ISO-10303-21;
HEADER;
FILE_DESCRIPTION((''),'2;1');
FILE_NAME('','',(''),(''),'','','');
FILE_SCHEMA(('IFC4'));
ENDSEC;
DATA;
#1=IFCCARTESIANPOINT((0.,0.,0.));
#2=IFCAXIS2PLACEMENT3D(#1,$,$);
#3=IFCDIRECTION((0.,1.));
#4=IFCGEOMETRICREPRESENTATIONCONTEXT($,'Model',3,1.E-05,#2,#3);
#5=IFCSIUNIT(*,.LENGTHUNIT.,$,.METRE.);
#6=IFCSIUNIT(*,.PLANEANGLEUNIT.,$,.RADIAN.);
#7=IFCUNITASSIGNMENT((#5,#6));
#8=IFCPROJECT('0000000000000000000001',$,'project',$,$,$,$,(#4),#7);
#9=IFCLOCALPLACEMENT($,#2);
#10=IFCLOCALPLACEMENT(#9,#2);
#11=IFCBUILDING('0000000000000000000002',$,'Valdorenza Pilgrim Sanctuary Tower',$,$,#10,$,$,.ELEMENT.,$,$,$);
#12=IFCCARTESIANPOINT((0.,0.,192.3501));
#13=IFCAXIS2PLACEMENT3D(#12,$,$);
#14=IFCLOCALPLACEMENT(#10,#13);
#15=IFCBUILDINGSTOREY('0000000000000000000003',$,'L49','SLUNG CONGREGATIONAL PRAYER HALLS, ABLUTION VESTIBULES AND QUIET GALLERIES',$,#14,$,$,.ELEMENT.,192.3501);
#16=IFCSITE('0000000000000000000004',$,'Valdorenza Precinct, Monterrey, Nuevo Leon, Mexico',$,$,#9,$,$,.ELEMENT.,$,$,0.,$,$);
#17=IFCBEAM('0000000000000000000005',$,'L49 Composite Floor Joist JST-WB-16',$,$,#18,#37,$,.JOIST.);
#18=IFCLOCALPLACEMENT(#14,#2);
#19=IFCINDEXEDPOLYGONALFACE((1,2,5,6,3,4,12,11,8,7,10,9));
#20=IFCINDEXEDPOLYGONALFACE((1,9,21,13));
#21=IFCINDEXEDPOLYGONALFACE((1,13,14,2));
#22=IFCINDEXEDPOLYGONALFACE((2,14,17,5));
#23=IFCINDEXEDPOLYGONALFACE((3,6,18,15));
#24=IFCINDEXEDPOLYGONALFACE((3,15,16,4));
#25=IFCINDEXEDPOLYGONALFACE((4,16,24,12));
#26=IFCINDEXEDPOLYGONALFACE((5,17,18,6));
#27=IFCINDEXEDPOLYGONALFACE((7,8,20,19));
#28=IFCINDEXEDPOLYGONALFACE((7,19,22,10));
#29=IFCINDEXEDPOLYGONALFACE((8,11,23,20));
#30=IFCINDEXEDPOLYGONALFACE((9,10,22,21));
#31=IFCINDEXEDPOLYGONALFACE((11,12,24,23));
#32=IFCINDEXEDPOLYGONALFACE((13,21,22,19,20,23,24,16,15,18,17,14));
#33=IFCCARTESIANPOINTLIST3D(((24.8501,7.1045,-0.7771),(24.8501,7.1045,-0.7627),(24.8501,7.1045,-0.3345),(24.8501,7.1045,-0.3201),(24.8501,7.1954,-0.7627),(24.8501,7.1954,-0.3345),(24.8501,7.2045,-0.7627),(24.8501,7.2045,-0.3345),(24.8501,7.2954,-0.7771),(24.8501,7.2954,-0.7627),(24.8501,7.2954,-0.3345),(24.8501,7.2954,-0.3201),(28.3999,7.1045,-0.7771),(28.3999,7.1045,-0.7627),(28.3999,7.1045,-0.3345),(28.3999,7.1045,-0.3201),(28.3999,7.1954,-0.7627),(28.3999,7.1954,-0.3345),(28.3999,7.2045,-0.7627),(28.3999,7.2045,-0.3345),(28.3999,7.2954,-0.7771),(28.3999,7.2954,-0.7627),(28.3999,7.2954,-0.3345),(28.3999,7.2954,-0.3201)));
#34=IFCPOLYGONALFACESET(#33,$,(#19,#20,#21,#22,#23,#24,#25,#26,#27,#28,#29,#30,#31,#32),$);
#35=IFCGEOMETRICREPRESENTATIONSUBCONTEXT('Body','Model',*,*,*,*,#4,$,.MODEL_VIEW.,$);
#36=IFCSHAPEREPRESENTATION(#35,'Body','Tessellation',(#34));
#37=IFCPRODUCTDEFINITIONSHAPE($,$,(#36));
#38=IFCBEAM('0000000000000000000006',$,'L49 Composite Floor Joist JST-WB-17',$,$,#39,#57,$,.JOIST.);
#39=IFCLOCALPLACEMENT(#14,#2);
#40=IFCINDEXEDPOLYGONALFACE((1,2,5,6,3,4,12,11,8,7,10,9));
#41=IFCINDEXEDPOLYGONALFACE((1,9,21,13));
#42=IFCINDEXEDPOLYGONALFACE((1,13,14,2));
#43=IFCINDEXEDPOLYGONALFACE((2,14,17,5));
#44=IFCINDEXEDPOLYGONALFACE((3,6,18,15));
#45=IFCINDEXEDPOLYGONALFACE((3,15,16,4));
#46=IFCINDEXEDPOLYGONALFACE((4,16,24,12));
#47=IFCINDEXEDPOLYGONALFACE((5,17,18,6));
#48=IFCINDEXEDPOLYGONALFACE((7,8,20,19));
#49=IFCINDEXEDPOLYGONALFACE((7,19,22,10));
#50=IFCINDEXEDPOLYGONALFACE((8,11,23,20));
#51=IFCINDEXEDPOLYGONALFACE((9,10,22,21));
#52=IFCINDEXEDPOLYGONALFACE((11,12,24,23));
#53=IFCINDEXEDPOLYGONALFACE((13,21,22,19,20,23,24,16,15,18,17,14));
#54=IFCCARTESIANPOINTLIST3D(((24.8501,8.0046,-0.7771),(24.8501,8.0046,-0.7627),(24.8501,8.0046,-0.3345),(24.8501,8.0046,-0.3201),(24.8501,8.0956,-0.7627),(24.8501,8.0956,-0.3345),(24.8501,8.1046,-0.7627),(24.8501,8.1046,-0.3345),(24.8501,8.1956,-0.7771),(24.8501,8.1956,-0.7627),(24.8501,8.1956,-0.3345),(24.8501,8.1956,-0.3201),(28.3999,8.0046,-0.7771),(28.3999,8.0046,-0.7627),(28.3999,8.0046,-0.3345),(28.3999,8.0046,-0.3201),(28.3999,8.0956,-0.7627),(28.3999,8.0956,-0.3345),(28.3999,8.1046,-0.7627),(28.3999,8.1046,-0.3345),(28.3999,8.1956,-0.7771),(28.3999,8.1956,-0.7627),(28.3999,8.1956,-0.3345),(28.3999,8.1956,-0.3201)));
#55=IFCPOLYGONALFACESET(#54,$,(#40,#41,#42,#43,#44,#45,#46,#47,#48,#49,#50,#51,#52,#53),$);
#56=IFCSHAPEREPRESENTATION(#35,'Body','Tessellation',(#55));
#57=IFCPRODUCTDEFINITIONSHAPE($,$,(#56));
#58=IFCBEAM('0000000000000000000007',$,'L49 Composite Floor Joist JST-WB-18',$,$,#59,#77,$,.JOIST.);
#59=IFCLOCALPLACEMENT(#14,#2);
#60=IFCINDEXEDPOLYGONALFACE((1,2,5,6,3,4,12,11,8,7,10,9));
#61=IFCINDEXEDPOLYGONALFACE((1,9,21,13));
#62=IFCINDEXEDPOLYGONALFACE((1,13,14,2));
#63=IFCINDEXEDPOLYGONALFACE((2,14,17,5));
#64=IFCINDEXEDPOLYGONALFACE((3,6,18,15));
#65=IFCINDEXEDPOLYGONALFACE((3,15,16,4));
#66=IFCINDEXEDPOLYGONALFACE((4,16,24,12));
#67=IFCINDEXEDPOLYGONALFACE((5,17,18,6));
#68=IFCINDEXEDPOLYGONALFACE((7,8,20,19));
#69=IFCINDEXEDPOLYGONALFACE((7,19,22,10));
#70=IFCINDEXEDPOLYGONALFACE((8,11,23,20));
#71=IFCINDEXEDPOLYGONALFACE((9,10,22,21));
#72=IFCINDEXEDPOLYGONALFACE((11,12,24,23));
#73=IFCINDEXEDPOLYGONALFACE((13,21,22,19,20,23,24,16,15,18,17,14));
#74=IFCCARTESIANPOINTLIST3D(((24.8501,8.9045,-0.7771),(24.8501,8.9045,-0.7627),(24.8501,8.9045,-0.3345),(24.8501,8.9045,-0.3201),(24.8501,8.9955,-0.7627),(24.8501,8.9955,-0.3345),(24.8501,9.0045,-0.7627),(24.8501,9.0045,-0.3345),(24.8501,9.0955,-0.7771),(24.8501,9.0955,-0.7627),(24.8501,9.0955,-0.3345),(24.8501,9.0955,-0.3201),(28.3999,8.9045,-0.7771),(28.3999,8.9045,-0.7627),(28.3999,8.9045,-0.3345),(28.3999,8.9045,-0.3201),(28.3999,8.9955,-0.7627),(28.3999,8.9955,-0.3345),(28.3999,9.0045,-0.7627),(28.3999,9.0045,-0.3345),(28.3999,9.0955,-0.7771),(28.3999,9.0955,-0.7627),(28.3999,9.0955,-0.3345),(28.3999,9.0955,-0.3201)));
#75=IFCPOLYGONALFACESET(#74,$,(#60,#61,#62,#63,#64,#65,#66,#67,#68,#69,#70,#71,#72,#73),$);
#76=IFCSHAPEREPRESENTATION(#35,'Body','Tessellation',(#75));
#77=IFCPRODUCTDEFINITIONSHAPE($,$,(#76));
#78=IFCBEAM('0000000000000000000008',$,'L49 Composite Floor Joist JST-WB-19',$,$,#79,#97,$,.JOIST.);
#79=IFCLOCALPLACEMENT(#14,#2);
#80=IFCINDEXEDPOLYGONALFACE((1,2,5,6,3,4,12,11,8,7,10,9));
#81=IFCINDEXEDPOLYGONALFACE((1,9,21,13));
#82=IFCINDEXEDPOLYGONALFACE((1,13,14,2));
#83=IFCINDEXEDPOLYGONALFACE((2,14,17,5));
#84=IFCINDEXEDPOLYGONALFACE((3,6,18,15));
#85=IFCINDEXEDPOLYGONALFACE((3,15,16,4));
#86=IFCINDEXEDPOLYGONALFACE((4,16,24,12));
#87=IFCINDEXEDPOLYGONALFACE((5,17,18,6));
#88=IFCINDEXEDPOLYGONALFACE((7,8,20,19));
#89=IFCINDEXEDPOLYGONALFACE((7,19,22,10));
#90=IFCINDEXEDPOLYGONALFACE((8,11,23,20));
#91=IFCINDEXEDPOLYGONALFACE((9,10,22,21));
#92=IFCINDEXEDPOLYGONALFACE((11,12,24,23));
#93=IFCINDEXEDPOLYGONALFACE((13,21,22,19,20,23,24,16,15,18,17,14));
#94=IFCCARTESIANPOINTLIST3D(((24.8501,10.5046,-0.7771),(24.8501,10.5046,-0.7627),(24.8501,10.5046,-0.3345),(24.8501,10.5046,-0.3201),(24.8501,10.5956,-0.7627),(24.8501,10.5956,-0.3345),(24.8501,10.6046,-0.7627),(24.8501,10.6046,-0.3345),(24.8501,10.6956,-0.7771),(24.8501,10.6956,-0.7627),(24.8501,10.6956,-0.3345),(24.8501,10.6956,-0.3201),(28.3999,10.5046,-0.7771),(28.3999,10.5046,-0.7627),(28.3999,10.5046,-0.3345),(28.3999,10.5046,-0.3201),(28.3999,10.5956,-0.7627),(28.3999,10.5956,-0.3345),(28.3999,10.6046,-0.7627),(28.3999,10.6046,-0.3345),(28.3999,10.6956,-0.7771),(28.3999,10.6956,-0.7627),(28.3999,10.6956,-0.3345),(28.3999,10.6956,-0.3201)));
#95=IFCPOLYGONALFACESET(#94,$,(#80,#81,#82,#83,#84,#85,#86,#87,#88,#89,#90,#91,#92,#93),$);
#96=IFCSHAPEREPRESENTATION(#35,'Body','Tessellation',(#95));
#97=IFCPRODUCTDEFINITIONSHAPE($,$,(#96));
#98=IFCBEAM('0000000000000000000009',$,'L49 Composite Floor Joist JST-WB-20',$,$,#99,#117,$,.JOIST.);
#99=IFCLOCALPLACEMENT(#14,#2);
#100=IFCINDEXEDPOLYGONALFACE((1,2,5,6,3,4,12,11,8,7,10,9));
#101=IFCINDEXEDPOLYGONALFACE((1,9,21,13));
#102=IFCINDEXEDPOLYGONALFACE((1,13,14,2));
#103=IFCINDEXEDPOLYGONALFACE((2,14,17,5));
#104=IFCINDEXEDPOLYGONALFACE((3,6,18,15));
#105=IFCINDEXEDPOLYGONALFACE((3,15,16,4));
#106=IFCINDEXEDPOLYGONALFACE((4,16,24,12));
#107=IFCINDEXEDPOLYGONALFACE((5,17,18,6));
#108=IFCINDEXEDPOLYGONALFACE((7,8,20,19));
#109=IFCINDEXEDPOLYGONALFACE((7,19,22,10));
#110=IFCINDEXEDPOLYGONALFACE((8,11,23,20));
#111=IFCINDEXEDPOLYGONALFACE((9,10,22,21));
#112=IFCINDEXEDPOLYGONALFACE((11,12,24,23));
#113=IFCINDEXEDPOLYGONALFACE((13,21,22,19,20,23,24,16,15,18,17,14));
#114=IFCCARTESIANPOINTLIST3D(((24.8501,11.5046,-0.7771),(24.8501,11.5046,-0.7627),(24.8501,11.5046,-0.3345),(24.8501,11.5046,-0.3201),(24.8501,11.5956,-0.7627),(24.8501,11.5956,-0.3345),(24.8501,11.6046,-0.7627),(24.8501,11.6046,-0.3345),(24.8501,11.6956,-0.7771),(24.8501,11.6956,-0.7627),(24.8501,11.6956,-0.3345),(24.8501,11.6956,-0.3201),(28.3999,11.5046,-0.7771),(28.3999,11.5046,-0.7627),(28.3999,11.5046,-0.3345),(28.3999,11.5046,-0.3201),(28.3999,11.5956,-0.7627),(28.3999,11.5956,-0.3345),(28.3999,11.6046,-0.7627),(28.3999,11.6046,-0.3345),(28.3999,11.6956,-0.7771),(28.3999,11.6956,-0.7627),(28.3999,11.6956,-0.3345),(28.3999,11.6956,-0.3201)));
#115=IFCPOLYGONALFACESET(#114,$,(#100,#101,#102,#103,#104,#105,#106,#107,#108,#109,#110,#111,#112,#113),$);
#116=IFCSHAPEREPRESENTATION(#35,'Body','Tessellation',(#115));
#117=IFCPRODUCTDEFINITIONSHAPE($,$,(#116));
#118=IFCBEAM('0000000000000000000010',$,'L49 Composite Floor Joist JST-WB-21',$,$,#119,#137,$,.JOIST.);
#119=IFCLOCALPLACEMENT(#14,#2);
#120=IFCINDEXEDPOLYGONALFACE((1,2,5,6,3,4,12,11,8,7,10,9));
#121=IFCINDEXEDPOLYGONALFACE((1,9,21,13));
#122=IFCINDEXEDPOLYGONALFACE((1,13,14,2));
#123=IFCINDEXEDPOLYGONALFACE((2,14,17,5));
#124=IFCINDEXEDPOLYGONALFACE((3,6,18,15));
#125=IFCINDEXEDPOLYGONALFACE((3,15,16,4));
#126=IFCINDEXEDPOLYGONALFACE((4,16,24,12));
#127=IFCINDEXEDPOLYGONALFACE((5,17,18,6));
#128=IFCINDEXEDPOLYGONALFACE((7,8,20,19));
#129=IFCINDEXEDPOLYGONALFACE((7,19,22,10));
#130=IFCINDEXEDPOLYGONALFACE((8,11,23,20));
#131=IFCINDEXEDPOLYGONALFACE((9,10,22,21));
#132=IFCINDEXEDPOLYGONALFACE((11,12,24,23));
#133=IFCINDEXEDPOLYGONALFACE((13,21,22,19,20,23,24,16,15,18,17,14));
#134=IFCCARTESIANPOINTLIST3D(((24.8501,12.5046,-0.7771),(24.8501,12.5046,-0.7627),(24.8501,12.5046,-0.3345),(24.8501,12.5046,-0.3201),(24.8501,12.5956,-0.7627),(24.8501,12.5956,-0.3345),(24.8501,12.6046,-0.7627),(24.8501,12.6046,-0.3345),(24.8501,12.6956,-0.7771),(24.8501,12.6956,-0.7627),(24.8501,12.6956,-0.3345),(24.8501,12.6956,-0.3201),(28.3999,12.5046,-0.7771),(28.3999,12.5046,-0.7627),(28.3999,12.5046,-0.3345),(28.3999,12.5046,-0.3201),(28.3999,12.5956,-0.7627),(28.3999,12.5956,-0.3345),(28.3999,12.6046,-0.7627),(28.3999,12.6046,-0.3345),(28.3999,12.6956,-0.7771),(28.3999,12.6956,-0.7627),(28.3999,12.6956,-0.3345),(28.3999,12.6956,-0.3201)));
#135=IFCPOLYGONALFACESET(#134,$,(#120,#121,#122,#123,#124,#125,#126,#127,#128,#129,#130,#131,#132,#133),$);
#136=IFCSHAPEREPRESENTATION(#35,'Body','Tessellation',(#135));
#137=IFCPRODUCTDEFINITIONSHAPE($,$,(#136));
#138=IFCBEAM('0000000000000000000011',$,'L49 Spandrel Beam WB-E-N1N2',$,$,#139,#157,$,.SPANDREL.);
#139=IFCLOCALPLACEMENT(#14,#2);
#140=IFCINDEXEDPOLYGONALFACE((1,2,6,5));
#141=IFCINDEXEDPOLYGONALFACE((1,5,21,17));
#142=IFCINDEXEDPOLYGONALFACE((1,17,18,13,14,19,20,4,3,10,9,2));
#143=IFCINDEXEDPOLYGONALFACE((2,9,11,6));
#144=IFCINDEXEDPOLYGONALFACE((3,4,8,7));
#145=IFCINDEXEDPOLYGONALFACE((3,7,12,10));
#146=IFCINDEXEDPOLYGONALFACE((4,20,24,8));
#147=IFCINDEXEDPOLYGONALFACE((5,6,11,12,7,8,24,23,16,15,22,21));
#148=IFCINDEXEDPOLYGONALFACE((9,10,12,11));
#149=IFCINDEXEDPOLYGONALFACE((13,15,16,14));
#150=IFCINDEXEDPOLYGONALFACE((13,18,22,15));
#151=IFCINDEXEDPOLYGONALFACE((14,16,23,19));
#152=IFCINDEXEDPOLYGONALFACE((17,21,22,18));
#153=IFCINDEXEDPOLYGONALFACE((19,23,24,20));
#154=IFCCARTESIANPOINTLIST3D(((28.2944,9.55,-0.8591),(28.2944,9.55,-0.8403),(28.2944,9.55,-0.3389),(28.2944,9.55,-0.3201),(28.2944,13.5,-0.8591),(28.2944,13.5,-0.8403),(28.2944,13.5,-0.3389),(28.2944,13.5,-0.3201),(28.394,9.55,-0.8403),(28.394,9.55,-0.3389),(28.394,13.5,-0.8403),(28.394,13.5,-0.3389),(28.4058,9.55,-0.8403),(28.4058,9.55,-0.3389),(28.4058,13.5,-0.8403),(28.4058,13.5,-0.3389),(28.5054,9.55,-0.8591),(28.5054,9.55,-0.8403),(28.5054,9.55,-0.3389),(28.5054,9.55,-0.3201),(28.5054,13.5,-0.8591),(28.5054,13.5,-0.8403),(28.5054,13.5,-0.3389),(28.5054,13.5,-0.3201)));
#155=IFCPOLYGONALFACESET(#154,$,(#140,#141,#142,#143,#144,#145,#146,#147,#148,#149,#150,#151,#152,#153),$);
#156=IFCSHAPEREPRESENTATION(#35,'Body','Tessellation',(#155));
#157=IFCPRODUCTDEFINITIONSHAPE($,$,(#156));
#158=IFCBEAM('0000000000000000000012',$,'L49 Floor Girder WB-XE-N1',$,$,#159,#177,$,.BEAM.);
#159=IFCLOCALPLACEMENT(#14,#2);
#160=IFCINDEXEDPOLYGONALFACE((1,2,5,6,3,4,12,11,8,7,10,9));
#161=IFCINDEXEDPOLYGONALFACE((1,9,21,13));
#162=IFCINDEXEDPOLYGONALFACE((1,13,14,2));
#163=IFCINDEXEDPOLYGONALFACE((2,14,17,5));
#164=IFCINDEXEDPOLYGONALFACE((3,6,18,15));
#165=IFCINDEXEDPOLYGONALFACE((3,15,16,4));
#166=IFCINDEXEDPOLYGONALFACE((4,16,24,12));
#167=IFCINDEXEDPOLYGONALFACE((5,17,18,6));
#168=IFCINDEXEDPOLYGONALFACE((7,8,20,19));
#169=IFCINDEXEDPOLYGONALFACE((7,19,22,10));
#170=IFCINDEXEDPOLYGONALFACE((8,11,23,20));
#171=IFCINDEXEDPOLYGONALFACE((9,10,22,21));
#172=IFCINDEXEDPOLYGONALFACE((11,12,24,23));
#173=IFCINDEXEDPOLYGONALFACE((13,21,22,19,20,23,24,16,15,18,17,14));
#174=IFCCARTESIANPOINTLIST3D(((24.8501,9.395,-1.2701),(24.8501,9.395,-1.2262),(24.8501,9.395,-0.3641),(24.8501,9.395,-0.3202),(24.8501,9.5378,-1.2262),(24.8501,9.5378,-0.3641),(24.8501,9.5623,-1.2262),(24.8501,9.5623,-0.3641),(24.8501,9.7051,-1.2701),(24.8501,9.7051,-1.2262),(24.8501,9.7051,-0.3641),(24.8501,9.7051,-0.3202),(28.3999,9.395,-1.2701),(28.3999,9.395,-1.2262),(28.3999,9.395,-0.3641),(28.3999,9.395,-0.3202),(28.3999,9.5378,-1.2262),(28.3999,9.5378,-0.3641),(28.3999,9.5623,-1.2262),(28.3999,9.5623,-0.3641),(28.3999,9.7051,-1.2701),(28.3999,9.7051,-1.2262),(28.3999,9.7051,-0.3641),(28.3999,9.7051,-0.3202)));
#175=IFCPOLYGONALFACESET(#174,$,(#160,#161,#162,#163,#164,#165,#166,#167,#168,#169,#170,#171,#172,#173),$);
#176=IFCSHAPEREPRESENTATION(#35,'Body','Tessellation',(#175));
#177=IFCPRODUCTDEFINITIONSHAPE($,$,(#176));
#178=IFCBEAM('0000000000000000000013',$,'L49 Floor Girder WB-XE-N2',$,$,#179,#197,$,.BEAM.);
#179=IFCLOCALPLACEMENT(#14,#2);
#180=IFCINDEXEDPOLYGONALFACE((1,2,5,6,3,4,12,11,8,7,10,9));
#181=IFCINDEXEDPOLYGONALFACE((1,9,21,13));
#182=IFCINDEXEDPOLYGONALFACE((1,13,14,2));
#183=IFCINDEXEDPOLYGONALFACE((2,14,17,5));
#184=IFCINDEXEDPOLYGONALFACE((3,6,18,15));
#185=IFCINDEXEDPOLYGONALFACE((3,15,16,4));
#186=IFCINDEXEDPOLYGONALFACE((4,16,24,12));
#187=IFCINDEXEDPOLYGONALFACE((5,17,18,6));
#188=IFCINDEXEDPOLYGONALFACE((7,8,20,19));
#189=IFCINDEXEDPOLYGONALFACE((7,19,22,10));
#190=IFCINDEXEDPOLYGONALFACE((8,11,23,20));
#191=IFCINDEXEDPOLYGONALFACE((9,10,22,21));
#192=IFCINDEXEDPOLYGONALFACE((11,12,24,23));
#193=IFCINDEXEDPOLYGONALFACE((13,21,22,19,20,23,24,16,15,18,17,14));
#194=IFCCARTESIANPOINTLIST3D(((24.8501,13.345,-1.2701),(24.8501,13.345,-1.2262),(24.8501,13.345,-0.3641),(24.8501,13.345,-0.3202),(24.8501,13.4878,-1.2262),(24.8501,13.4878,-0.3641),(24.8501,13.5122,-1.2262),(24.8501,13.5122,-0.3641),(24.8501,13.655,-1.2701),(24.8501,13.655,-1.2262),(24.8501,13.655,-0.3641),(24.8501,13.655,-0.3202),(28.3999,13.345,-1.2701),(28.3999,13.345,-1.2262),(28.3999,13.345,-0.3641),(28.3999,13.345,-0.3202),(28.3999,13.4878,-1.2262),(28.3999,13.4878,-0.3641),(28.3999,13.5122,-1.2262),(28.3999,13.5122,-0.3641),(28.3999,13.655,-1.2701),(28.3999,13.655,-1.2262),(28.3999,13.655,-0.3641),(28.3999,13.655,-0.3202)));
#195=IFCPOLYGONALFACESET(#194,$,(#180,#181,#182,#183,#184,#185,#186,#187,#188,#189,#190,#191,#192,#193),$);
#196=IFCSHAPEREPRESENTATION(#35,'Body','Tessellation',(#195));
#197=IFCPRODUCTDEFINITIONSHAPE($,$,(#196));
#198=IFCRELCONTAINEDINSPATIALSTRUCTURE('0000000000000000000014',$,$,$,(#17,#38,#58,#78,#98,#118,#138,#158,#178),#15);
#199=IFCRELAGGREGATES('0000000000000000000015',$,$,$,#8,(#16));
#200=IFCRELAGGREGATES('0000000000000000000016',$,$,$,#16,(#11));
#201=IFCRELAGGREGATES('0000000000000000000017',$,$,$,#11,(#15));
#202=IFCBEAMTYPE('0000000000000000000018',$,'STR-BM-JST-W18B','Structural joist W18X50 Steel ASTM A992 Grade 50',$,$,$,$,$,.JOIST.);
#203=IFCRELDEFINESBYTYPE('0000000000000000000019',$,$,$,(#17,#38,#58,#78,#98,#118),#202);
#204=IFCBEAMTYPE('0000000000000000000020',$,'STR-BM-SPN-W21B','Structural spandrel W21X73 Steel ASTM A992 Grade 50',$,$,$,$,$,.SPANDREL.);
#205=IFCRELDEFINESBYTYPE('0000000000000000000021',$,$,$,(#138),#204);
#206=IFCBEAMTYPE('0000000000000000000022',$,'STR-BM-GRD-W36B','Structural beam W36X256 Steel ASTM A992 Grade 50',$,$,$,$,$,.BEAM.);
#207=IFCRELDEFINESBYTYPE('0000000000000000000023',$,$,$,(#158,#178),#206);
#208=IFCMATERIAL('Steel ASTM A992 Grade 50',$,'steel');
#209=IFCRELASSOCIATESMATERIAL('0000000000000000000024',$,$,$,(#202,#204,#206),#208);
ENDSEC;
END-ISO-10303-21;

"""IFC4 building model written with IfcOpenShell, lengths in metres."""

from ifc_helpers import new_model, si_unit, direction, frame, origin, origin_2d, place, context, subcontext, project, spatial, i_section, extrude, source, transform, mapped, material, material_profile, profile_set, type_object, element, save


model = new_model("IFC4")

# Units and contexts
model_context = context("Model", 3, precision=1e-05, world=origin(), true_north=direction((0.0, 1.0)))
body_context = subcontext(model_context, "Body", "Model", "MODEL_VIEW")
ifc_project = project(units=[si_unit("LENGTHUNIT", "METRE"), si_unit("PLANEANGLEUNIT", "RADIAN")], contexts=[model_context])

# Site, building, storey
site_placement = place(None, origin())
site = spatial("IfcSite", under=ifc_project, at=site_placement, Name="Valdorenza Precinct, Monterrey, Nuevo Leon, Mexico", CompositionType="ELEMENT", RefElevation=0.0)
building_placement = place(site_placement, origin())
building = spatial("IfcBuilding", under=site, at=building_placement, Name="Valdorenza Pilgrim Sanctuary Tower", CompositionType="ELEMENT")
storey_placement = place(building_placement, frame((0.0, 0.0, 192.3501)))
storey = spatial("IfcBuildingStorey", under=building, at=storey_placement, Name="L49", Description="SLUNG CONGREGATIONAL PRAYER HALLS, ABLUTION VESTIBULES AND QUIET GALLERIES", CompositionType="ELEMENT", Elevation=192.3501)

# Shared definitions
ifc_material_1 = material(Name="Steel ASTM A992 Grade 50", Category="steel")

# Beams
ifc_material_profile_1 = material_profile(ifc_material_1, i_section(OverallWidth=0.1909, OverallDepth=0.457, WebThickness=0.009, FlangeThickness=0.0144, at=origin_2d()), Name="W18X50")
ifc_profile_set_1 = profile_set([ifc_material_profile_1], Name="Steel ASTM A992 Grade 50")
beam_type_1 = type_object("IfcBeamType", Name="STR-BM-JST-W18B", Description="Structural joist W18X50 Steel ASTM A992 Grade 50", PredefinedType="JOIST", material=ifc_profile_set_1)
shared_shape_1 = source(origin(), body_context, "Body", "SweptSolid", [
    extrude(i_section(OverallWidth=0.1909, OverallDepth=0.457, WebThickness=0.009, FlangeThickness=0.0144, at=origin_2d()), origin(), (0.0, 0.0, 1.0), 3.5498),
])
for number, where, z_axis, x_axis, name in (
    (1, (24.8501, 7.2, -0.5486), (1.0, 0.0, 0.0), (0.0, 1.0, 0.0), "L49 Composite Floor Joist JST-WB-16"),
    (2, (24.8501, 8.1001, -0.5486), (1.0, 0.0, 0.0), (0.0, 1.0, 0.0), "L49 Composite Floor Joist JST-WB-17"),
    (3, (24.8501, 9.0, -0.5486), (1.0, 0.0, 0.0), (0.0, 1.0, 0.0), "L49 Composite Floor Joist JST-WB-18"),
    (4, (24.8501, 10.6001, -0.5486), (1.0, 0.0, 0.0), (0.0, 1.0, 0.0), "L49 Composite Floor Joist JST-WB-19"),
    (5, (24.8501, 11.6001, -0.5486), (1.0, 0.0, 0.0), (0.0, 1.0, 0.0), "L49 Composite Floor Joist JST-WB-20"),
    (6, (24.8501, 12.6001, -0.5486), (1.0, 0.0, 0.0), (0.0, 1.0, 0.0), "L49 Composite Floor Joist JST-WB-21"),
):
    element("IfcBeam", number, at=place(storey_placement, frame(where, z_axis=z_axis, x_axis=x_axis)), inside=storey, type_object=beam_type_1, Name=name, PredefinedType="JOIST", context=body_context, shape_type="MappedRepresentation", body=[
        mapped(shared_shape_1, transform((0.0, 0.0, 0.0), x_axis=(1.0, 0.0, 0.0), y_axis=(0.0, 1.0, 0.0), z_axis=(0.0, 0.0, 1.0), scale=1.0)),
    ])
ifc_material_profile_2 = material_profile(ifc_material_1, i_section(OverallWidth=0.2109, OverallDepth=0.5391, WebThickness=0.0117, FlangeThickness=0.0188, at=origin_2d()), Name="W21X73")
ifc_profile_set_2 = profile_set([ifc_material_profile_2], Name="Steel ASTM A992 Grade 50")
beam_type_2 = type_object("IfcBeamType", Name="STR-BM-SPN-W21B", Description="Structural spandrel W21X73 Steel ASTM A992 Grade 50", PredefinedType="SPANDREL", material=ifc_profile_set_2)
shared_shape_2 = source(origin(), body_context, "Body", "SweptSolid", [
    extrude(i_section(OverallWidth=0.2109, OverallDepth=0.5391, WebThickness=0.0117, FlangeThickness=0.0188, at=origin_2d()), origin(), (0.0, 0.0, 1.0), 3.95),
])
beam_1_placement = place(storey_placement, frame((28.3999, 9.55, -0.5896), z_axis=(0.0, 1.0, 0.0), x_axis=(-1.0, 0.0, 0.0)))
element("IfcBeam", 7, at=beam_1_placement, inside=storey, type_object=beam_type_2, Name="L49 Spandrel Beam WB-E-N1N2", PredefinedType="SPANDREL", context=body_context, shape_type="MappedRepresentation", body=[
    mapped(shared_shape_2, transform((0.0, 0.0, 0.0), x_axis=(1.0, 0.0, 0.0), y_axis=(0.0, 1.0, 0.0), z_axis=(0.0, 0.0, 1.0), scale=1.0)),
])
ifc_material_profile_3 = material_profile(ifc_material_1, i_section(OverallWidth=0.3101, OverallDepth=0.95, WebThickness=0.0244, FlangeThickness=0.0439, at=origin_2d()), Name="W36X256")
ifc_profile_set_3 = profile_set([ifc_material_profile_3], Name="Steel ASTM A992 Grade 50")
beam_type_3 = type_object("IfcBeamType", Name="STR-BM-GRD-W36B", Description="Structural beam W36X256 Steel ASTM A992 Grade 50", PredefinedType="BEAM", material=ifc_profile_set_3)
shared_shape_3 = source(origin(), body_context, "Body", "SweptSolid", [
    extrude(i_section(OverallWidth=0.3101, OverallDepth=0.95, WebThickness=0.0244, FlangeThickness=0.0439, at=origin_2d()), origin(), (0.0, 0.0, 1.0), 3.5498),
])
for number, where, z_axis, x_axis, name in (
    (8, (24.8501, 9.55, -0.7952), (1.0, 0.0, 0.0), (0.0, 1.0, 0.0), "L49 Floor Girder WB-XE-N1"),
    (9, (24.8501, 13.5, -0.7952), (1.0, 0.0, 0.0), (0.0, 1.0, 0.0), "L49 Floor Girder WB-XE-N2"),
):
    element("IfcBeam", number, at=place(storey_placement, frame(where, z_axis=z_axis, x_axis=x_axis)), inside=storey, type_object=beam_type_3, Name=name, PredefinedType="BEAM", context=body_context, shape_type="MappedRepresentation", body=[
        mapped(shared_shape_3, transform((0.0, 0.0, 0.0), x_axis=(1.0, 0.0, 0.0), y_axis=(0.0, 1.0, 0.0), z_axis=(0.0, 0.0, 1.0), scale=1.0)),
    ])

save(model, "model.ifc")
